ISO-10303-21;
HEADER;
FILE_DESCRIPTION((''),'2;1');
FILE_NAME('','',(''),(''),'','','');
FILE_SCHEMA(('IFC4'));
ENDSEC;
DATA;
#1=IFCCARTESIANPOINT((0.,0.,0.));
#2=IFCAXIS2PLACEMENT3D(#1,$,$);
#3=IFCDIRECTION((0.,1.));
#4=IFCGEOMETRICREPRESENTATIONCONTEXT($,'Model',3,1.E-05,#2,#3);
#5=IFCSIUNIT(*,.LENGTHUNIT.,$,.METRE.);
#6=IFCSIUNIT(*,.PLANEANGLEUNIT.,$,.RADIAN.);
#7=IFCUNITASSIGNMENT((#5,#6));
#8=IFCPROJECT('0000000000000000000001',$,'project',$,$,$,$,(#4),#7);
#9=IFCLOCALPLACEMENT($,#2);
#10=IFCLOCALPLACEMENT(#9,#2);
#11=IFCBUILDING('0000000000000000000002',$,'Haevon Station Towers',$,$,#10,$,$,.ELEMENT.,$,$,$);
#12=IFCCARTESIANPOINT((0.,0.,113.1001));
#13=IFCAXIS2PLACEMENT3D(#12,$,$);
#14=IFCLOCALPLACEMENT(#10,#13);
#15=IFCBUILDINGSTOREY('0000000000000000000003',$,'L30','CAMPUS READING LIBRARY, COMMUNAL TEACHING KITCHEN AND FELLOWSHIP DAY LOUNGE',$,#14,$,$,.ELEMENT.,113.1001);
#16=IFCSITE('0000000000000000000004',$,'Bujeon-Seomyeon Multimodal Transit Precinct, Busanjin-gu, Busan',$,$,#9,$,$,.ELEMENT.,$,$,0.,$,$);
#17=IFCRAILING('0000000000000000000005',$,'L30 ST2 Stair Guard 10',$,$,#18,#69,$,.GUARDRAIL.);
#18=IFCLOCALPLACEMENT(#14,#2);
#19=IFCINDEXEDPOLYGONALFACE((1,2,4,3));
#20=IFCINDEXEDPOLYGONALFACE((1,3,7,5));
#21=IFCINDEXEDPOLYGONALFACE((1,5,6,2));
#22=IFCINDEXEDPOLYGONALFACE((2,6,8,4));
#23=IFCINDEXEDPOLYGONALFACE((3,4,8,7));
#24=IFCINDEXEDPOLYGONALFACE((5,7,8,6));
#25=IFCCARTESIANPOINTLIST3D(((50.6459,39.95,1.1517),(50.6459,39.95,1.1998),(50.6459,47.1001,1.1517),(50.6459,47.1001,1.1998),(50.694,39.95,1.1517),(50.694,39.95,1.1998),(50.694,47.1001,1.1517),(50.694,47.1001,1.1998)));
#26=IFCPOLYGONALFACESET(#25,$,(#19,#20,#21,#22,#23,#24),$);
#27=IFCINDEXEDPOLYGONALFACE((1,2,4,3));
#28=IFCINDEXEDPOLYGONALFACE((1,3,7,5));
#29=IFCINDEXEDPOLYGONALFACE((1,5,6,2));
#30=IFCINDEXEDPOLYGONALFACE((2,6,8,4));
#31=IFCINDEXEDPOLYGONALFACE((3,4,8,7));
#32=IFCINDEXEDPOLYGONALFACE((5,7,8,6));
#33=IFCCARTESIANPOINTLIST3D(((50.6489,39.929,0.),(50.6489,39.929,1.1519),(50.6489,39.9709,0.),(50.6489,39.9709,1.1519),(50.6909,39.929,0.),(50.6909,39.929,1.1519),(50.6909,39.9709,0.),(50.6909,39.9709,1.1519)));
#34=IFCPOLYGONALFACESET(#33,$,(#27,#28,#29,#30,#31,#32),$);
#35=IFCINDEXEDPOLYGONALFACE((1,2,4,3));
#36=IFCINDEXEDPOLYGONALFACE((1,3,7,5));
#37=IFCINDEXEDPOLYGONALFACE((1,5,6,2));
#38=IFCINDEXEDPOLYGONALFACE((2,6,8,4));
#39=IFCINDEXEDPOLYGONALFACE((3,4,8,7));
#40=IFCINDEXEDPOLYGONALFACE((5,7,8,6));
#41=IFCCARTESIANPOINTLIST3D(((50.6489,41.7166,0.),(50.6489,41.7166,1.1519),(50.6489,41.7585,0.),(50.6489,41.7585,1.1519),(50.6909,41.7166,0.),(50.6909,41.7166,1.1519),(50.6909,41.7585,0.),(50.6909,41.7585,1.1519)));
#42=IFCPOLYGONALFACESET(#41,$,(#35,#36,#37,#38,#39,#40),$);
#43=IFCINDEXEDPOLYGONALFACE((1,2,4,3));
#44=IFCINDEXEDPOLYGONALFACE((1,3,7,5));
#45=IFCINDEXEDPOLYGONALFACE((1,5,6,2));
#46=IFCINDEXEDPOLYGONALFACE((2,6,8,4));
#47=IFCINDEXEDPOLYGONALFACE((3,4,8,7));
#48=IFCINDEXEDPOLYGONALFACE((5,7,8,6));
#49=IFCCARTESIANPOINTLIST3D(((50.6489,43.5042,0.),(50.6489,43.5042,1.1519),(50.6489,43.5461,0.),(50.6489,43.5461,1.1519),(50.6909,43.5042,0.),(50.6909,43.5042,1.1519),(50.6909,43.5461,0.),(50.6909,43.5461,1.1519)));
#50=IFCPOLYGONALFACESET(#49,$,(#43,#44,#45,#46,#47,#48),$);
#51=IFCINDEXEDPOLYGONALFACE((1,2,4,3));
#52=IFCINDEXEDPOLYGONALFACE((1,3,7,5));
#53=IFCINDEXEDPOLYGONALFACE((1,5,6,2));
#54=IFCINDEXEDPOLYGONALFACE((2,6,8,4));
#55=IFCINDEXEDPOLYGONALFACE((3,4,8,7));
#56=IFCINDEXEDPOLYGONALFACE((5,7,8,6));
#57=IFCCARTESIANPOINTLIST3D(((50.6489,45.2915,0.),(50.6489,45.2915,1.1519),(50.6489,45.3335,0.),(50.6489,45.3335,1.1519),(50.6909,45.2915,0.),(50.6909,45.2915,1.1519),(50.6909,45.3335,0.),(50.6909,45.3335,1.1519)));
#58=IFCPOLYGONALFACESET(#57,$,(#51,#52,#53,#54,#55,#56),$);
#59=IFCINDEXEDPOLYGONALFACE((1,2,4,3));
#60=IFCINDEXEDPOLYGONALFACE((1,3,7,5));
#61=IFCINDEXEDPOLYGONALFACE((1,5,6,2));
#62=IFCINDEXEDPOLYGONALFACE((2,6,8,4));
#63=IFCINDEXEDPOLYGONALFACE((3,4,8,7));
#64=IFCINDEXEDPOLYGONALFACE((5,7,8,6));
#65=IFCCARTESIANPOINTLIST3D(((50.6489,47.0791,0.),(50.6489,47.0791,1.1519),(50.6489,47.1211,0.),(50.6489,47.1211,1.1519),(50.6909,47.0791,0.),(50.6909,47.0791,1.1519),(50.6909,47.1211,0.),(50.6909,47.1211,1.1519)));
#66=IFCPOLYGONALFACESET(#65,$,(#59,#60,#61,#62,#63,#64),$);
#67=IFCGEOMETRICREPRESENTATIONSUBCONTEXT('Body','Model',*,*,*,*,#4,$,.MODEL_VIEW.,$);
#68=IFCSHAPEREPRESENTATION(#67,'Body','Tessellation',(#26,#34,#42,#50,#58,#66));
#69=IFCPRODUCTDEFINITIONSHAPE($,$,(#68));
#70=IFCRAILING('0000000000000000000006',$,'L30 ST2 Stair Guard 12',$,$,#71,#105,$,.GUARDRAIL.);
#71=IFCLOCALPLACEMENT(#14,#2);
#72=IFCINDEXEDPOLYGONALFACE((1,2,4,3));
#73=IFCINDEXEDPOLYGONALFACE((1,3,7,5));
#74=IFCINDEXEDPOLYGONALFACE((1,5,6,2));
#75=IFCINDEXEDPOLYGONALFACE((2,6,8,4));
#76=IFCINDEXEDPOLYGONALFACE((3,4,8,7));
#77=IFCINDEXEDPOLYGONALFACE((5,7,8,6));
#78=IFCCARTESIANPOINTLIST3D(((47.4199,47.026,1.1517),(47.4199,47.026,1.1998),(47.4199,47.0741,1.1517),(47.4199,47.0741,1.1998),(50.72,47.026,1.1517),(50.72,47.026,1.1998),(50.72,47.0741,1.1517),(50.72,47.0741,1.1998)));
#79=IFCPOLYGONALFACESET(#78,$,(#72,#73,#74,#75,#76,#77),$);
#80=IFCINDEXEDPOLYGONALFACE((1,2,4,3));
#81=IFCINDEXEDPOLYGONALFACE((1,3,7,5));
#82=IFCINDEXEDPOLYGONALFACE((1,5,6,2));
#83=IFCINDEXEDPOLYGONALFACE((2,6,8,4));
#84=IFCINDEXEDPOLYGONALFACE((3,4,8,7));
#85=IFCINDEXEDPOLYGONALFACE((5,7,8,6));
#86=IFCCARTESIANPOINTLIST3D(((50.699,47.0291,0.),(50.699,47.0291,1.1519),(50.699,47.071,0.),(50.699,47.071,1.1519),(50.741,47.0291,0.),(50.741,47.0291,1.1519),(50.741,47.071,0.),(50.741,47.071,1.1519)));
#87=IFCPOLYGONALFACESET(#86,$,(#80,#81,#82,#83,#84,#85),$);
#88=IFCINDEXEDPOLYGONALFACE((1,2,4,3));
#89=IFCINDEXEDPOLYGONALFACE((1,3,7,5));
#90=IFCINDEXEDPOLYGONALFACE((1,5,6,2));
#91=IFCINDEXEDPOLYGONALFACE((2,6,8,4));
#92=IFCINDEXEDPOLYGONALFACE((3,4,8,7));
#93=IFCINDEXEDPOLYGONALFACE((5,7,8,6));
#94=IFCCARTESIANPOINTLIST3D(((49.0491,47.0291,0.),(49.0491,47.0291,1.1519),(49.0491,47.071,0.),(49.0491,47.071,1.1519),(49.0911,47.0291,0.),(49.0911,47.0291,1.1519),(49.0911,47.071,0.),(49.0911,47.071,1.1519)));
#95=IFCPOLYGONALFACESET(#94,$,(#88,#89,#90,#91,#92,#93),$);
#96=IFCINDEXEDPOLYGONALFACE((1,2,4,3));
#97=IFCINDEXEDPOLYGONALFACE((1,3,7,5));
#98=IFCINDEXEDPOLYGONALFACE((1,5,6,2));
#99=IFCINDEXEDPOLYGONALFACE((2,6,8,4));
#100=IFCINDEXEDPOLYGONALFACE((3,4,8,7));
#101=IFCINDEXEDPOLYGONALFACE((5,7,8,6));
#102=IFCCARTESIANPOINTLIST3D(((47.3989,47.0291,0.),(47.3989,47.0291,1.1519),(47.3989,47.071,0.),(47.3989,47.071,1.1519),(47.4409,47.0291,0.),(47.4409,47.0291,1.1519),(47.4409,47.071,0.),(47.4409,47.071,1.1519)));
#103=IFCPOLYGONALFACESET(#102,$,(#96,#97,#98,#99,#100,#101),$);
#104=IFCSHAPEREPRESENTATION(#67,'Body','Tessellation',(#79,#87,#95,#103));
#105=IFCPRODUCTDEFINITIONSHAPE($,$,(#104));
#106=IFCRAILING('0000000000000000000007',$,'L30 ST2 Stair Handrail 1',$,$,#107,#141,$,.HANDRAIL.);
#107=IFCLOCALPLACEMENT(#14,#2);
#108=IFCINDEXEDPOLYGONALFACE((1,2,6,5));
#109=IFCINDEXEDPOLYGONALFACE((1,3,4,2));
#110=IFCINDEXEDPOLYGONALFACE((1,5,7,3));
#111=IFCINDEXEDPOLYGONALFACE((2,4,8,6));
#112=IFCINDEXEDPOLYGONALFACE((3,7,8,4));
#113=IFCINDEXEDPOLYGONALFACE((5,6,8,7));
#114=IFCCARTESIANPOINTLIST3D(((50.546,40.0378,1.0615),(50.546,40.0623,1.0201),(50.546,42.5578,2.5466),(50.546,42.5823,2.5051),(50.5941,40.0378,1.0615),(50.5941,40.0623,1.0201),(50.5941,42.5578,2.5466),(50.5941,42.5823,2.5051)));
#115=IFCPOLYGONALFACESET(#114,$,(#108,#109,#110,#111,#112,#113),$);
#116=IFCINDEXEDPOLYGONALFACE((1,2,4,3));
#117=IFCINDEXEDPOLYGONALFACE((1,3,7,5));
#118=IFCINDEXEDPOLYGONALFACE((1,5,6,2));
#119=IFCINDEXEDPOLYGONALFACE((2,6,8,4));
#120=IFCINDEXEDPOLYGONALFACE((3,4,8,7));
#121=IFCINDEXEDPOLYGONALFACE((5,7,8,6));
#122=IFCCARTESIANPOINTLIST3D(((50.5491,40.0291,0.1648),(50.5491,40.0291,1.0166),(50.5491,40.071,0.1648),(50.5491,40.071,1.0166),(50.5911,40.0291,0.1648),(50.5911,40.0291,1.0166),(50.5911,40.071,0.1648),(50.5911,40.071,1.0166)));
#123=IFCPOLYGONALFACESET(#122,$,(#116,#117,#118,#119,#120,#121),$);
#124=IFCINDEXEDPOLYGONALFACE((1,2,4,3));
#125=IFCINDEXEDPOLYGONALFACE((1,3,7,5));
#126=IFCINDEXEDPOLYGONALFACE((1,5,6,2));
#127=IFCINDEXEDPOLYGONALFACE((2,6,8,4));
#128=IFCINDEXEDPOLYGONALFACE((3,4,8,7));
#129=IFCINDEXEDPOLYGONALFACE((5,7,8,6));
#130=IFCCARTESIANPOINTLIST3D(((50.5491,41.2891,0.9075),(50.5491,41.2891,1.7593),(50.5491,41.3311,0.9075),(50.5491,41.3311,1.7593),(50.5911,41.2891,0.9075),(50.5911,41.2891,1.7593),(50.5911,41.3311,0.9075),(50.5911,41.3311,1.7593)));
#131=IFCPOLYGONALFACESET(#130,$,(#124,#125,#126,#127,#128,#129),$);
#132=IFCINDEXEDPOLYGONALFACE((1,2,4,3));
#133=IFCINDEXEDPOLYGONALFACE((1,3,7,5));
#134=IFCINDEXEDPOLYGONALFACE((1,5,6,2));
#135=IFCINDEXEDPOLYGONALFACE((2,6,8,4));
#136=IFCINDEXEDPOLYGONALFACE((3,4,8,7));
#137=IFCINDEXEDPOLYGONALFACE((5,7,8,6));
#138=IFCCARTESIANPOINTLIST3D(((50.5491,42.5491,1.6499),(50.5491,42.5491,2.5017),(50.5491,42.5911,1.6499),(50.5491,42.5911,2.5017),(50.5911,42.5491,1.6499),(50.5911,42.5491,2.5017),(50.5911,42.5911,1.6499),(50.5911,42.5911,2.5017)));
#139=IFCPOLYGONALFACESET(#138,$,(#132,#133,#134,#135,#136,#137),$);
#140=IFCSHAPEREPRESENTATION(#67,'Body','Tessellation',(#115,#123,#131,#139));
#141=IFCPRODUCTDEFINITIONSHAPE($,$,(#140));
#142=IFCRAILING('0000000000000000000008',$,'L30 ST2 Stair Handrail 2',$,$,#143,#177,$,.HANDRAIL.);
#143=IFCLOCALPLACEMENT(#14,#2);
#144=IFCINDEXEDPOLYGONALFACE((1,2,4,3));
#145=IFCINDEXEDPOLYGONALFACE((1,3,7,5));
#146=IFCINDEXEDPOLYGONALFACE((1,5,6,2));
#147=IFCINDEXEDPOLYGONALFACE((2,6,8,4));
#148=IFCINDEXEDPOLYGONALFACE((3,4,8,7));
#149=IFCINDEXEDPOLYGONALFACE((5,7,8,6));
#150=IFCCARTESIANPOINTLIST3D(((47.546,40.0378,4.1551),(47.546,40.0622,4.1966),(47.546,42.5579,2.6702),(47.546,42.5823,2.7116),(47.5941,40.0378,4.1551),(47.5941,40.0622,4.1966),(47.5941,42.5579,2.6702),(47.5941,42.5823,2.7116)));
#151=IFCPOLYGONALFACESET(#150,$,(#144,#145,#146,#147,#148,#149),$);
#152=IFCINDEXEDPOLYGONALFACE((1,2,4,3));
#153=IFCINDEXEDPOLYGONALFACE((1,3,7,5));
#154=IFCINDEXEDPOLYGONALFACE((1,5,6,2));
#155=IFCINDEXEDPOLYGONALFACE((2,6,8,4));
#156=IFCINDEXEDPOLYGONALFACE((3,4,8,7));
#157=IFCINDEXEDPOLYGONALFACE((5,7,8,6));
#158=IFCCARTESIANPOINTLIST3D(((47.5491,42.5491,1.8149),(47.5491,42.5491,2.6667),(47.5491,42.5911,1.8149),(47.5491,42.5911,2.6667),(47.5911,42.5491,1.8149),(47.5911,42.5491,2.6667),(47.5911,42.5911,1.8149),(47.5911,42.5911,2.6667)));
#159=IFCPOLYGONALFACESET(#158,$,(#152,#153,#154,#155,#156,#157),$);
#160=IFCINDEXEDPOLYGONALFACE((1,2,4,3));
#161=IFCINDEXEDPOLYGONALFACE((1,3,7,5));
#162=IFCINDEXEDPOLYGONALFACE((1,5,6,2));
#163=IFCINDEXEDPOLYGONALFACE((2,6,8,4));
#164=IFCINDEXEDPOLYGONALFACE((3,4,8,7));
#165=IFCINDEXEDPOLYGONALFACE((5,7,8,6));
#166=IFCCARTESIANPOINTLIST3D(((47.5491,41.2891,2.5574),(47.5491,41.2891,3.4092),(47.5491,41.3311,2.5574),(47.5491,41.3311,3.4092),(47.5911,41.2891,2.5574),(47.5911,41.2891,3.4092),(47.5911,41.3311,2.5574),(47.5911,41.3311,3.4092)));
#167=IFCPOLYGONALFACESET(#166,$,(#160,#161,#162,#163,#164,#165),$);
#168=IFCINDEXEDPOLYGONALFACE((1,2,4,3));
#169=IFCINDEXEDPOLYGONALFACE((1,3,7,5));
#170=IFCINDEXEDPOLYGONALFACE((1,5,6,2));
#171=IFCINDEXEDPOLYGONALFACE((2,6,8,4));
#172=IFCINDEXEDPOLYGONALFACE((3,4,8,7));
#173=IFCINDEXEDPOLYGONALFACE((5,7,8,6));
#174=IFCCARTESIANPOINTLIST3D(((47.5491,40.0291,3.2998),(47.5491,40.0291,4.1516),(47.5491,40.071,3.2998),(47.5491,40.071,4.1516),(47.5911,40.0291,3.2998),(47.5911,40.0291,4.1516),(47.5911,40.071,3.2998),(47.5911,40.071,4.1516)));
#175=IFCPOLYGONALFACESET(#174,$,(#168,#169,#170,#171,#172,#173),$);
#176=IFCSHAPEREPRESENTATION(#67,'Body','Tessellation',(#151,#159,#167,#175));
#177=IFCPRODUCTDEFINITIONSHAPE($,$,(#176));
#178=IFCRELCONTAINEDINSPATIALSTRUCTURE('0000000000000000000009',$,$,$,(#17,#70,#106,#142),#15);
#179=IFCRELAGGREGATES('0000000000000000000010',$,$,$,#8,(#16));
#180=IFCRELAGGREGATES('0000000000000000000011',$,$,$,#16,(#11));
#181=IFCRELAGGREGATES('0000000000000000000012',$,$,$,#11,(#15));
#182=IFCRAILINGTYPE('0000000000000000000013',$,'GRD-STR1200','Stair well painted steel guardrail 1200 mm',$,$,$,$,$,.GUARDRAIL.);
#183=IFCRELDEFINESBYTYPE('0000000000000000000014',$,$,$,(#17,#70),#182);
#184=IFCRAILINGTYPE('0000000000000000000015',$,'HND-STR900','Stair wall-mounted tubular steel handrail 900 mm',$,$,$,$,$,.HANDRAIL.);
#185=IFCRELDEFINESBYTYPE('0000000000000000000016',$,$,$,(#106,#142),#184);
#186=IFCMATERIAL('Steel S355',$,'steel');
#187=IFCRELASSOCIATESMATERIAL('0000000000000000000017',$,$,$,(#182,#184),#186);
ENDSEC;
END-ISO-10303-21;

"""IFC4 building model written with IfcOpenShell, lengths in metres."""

from ifc_helpers import new_model, si_unit, direction, frame, origin, origin_2d, place, context, subcontext, project, spatial, rectangle, extrude, material, type_object, element, save


model = new_model("IFC4")

# Units and contexts
model_context = context("Model", 3, precision=1e-05, world=origin(), true_north=direction((0.0, 1.0)))
body_context = subcontext(model_context, "Body", "Model", "MODEL_VIEW")
ifc_project = project(units=[si_unit("LENGTHUNIT", "METRE"), si_unit("PLANEANGLEUNIT", "RADIAN")], contexts=[model_context])

# Site, building, storey
site_placement = place(None, origin())
site = spatial("IfcSite", under=ifc_project, at=site_placement, Name="Bujeon-Seomyeon Multimodal Transit Precinct, Busanjin-gu, Busan", CompositionType="ELEMENT", RefElevation=0.0)
building_placement = place(site_placement, origin())
building = spatial("IfcBuilding", under=site, at=building_placement, Name="Haevon Station Towers", CompositionType="ELEMENT")
storey_placement = place(building_placement, frame((0.0, 0.0, 113.1001)))
storey = spatial("IfcBuildingStorey", under=building, at=storey_placement, Name="L30", Description="CAMPUS READING LIBRARY, COMMUNAL TEACHING KITCHEN AND FELLOWSHIP DAY LOUNGE", CompositionType="ELEMENT", Elevation=113.1001)

# Shared definitions
ifc_material_1 = material(Name="Steel S355", Category="steel")

# Railings
railing_type_1 = type_object("IfcRailingType", Name="GRD-STR1200", Description="Stair well painted steel guardrail 1200 mm", PredefinedType="GUARDRAIL", material=ifc_material_1)
railing_1_placement = place(storey_placement, frame((50.6699, 39.95, 0.0)))
element("IfcRailing", 1, at=railing_1_placement, inside=storey, type_object=railing_type_1, Name="L30 ST2 Stair Guard 10", PredefinedType="GUARDRAIL", context=body_context, shape_type="SweptSolid", body=[
    extrude(rectangle(XDim=0.0481, YDim=0.0481, at=origin_2d()), frame((0.0, 0.0, 1.1758), z_axis=(0.0, 1.0, 0.0), x_axis=(-1.0, 0.0, 0.0)), (0.0, 0.0, 1.0), 7.1501),
    extrude(rectangle(XDim=0.042, YDim=0.042, at=origin_2d()), origin(), (0.0, 0.0, 1.0), 1.1519),
    extrude(rectangle(XDim=0.042, YDim=0.042, at=origin_2d()), frame((0.0, 1.7876, 0.0)), (0.0, 0.0, 1.0), 1.1519),
    extrude(rectangle(XDim=0.042, YDim=0.042, at=origin_2d()), frame((0.0, 3.5752, 0.0)), (0.0, 0.0, 1.0), 1.1519),
    extrude(rectangle(XDim=0.042, YDim=0.042, at=origin_2d()), frame((0.0, 5.3625, 0.0)), (0.0, 0.0, 1.0), 1.1519),
    extrude(rectangle(XDim=0.042, YDim=0.042, at=origin_2d()), frame((0.0, 7.1501, 0.0)), (0.0, 0.0, 1.0), 1.1519),
])
railing_2_placement = place(storey_placement, frame((50.72, 47.05, 0.0)))
element("IfcRailing", 2, at=railing_2_placement, inside=storey, type_object=railing_type_1, Name="L30 ST2 Stair Guard 12", PredefinedType="GUARDRAIL", context=body_context, shape_type="SweptSolid", body=[
    extrude(rectangle(XDim=0.0481, YDim=0.0481, at=origin_2d()), frame((0.0, 0.0, 1.1758), z_axis=(-1.0, 0.0, 0.0), x_axis=(0.0, -1.0, 0.0)), (0.0, 0.0, 1.0), 3.3),
    extrude(rectangle(XDim=0.042, YDim=0.042, at=origin_2d()), origin(), (0.0, 0.0, 1.0), 1.1519),
    extrude(rectangle(XDim=0.042, YDim=0.042, at=origin_2d()), frame((-1.6499, 0.0, 0.0)), (0.0, 0.0, 1.0), 1.1519),
    extrude(rectangle(XDim=0.042, YDim=0.042, at=origin_2d()), frame((-3.3, 0.0, 0.0)), (0.0, 0.0, 1.0), 1.1519),
])
railing_type_2 = type_object("IfcRailingType", Name="HND-STR900", Description="Stair wall-mounted tubular steel handrail 900 mm", PredefinedType="HANDRAIL", material=ifc_material_1)
railing_3_placement = place(storey_placement, frame((50.5701, 40.05, 0.1648)))
element("IfcRailing", 3, at=railing_3_placement, inside=storey, type_object=railing_type_2, Name="L30 ST2 Stair Handrail 1", PredefinedType="HANDRAIL", context=body_context, shape_type="SweptSolid", body=[
    extrude(rectangle(XDim=0.0481, YDim=0.0481, at=origin_2d()), frame((0.0, 0.0, 0.876), z_axis=(0.0, 0.861524, 0.507717), x_axis=(-1.0, 0.0, 0.0)), (0.0, 0.0, 1.0), 2.925),
    extrude(rectangle(XDim=0.042, YDim=0.042, at=origin_2d()), origin(), (0.0, 0.0, 1.0), 0.8518),
    extrude(rectangle(XDim=0.042, YDim=0.042, at=origin_2d()), frame((0.0, 1.26, 0.7427)), (0.0, 0.0, 1.0), 0.8518),
    extrude(rectangle(XDim=0.042, YDim=0.042, at=origin_2d()), frame((0.0, 2.52, 1.4851)), (0.0, 0.0, 1.0), 0.8518),
])
railing_4_placement = place(storey_placement, frame((47.5701, 42.5701, 1.8149)))
element("IfcRailing", 4, at=railing_4_placement, inside=storey, type_object=railing_type_2, Name="L30 ST2 Stair Handrail 2", PredefinedType="HANDRAIL", context=body_context, shape_type="SweptSolid", body=[
    extrude(rectangle(XDim=0.0481, YDim=0.0481, at=origin_2d()), frame((0.0, 0.0, 0.876), z_axis=(0.0, -0.861561, 0.507655), x_axis=(1.0, 0.0, 0.0)), (0.0, 0.0, 1.0), 2.925),
    extrude(rectangle(XDim=0.042, YDim=0.042, at=origin_2d()), origin(), (0.0, 0.0, 1.0), 0.8518),
    extrude(rectangle(XDim=0.042, YDim=0.042, at=origin_2d()), frame((0.0, -1.26, 0.7424)), (0.0, 0.0, 1.0), 0.8518),
    extrude(rectangle(XDim=0.042, YDim=0.042, at=origin_2d()), frame((0.0, -2.52, 1.4849)), (0.0, 0.0, 1.0), 0.8518),
])

save(model, "model.ifc")
